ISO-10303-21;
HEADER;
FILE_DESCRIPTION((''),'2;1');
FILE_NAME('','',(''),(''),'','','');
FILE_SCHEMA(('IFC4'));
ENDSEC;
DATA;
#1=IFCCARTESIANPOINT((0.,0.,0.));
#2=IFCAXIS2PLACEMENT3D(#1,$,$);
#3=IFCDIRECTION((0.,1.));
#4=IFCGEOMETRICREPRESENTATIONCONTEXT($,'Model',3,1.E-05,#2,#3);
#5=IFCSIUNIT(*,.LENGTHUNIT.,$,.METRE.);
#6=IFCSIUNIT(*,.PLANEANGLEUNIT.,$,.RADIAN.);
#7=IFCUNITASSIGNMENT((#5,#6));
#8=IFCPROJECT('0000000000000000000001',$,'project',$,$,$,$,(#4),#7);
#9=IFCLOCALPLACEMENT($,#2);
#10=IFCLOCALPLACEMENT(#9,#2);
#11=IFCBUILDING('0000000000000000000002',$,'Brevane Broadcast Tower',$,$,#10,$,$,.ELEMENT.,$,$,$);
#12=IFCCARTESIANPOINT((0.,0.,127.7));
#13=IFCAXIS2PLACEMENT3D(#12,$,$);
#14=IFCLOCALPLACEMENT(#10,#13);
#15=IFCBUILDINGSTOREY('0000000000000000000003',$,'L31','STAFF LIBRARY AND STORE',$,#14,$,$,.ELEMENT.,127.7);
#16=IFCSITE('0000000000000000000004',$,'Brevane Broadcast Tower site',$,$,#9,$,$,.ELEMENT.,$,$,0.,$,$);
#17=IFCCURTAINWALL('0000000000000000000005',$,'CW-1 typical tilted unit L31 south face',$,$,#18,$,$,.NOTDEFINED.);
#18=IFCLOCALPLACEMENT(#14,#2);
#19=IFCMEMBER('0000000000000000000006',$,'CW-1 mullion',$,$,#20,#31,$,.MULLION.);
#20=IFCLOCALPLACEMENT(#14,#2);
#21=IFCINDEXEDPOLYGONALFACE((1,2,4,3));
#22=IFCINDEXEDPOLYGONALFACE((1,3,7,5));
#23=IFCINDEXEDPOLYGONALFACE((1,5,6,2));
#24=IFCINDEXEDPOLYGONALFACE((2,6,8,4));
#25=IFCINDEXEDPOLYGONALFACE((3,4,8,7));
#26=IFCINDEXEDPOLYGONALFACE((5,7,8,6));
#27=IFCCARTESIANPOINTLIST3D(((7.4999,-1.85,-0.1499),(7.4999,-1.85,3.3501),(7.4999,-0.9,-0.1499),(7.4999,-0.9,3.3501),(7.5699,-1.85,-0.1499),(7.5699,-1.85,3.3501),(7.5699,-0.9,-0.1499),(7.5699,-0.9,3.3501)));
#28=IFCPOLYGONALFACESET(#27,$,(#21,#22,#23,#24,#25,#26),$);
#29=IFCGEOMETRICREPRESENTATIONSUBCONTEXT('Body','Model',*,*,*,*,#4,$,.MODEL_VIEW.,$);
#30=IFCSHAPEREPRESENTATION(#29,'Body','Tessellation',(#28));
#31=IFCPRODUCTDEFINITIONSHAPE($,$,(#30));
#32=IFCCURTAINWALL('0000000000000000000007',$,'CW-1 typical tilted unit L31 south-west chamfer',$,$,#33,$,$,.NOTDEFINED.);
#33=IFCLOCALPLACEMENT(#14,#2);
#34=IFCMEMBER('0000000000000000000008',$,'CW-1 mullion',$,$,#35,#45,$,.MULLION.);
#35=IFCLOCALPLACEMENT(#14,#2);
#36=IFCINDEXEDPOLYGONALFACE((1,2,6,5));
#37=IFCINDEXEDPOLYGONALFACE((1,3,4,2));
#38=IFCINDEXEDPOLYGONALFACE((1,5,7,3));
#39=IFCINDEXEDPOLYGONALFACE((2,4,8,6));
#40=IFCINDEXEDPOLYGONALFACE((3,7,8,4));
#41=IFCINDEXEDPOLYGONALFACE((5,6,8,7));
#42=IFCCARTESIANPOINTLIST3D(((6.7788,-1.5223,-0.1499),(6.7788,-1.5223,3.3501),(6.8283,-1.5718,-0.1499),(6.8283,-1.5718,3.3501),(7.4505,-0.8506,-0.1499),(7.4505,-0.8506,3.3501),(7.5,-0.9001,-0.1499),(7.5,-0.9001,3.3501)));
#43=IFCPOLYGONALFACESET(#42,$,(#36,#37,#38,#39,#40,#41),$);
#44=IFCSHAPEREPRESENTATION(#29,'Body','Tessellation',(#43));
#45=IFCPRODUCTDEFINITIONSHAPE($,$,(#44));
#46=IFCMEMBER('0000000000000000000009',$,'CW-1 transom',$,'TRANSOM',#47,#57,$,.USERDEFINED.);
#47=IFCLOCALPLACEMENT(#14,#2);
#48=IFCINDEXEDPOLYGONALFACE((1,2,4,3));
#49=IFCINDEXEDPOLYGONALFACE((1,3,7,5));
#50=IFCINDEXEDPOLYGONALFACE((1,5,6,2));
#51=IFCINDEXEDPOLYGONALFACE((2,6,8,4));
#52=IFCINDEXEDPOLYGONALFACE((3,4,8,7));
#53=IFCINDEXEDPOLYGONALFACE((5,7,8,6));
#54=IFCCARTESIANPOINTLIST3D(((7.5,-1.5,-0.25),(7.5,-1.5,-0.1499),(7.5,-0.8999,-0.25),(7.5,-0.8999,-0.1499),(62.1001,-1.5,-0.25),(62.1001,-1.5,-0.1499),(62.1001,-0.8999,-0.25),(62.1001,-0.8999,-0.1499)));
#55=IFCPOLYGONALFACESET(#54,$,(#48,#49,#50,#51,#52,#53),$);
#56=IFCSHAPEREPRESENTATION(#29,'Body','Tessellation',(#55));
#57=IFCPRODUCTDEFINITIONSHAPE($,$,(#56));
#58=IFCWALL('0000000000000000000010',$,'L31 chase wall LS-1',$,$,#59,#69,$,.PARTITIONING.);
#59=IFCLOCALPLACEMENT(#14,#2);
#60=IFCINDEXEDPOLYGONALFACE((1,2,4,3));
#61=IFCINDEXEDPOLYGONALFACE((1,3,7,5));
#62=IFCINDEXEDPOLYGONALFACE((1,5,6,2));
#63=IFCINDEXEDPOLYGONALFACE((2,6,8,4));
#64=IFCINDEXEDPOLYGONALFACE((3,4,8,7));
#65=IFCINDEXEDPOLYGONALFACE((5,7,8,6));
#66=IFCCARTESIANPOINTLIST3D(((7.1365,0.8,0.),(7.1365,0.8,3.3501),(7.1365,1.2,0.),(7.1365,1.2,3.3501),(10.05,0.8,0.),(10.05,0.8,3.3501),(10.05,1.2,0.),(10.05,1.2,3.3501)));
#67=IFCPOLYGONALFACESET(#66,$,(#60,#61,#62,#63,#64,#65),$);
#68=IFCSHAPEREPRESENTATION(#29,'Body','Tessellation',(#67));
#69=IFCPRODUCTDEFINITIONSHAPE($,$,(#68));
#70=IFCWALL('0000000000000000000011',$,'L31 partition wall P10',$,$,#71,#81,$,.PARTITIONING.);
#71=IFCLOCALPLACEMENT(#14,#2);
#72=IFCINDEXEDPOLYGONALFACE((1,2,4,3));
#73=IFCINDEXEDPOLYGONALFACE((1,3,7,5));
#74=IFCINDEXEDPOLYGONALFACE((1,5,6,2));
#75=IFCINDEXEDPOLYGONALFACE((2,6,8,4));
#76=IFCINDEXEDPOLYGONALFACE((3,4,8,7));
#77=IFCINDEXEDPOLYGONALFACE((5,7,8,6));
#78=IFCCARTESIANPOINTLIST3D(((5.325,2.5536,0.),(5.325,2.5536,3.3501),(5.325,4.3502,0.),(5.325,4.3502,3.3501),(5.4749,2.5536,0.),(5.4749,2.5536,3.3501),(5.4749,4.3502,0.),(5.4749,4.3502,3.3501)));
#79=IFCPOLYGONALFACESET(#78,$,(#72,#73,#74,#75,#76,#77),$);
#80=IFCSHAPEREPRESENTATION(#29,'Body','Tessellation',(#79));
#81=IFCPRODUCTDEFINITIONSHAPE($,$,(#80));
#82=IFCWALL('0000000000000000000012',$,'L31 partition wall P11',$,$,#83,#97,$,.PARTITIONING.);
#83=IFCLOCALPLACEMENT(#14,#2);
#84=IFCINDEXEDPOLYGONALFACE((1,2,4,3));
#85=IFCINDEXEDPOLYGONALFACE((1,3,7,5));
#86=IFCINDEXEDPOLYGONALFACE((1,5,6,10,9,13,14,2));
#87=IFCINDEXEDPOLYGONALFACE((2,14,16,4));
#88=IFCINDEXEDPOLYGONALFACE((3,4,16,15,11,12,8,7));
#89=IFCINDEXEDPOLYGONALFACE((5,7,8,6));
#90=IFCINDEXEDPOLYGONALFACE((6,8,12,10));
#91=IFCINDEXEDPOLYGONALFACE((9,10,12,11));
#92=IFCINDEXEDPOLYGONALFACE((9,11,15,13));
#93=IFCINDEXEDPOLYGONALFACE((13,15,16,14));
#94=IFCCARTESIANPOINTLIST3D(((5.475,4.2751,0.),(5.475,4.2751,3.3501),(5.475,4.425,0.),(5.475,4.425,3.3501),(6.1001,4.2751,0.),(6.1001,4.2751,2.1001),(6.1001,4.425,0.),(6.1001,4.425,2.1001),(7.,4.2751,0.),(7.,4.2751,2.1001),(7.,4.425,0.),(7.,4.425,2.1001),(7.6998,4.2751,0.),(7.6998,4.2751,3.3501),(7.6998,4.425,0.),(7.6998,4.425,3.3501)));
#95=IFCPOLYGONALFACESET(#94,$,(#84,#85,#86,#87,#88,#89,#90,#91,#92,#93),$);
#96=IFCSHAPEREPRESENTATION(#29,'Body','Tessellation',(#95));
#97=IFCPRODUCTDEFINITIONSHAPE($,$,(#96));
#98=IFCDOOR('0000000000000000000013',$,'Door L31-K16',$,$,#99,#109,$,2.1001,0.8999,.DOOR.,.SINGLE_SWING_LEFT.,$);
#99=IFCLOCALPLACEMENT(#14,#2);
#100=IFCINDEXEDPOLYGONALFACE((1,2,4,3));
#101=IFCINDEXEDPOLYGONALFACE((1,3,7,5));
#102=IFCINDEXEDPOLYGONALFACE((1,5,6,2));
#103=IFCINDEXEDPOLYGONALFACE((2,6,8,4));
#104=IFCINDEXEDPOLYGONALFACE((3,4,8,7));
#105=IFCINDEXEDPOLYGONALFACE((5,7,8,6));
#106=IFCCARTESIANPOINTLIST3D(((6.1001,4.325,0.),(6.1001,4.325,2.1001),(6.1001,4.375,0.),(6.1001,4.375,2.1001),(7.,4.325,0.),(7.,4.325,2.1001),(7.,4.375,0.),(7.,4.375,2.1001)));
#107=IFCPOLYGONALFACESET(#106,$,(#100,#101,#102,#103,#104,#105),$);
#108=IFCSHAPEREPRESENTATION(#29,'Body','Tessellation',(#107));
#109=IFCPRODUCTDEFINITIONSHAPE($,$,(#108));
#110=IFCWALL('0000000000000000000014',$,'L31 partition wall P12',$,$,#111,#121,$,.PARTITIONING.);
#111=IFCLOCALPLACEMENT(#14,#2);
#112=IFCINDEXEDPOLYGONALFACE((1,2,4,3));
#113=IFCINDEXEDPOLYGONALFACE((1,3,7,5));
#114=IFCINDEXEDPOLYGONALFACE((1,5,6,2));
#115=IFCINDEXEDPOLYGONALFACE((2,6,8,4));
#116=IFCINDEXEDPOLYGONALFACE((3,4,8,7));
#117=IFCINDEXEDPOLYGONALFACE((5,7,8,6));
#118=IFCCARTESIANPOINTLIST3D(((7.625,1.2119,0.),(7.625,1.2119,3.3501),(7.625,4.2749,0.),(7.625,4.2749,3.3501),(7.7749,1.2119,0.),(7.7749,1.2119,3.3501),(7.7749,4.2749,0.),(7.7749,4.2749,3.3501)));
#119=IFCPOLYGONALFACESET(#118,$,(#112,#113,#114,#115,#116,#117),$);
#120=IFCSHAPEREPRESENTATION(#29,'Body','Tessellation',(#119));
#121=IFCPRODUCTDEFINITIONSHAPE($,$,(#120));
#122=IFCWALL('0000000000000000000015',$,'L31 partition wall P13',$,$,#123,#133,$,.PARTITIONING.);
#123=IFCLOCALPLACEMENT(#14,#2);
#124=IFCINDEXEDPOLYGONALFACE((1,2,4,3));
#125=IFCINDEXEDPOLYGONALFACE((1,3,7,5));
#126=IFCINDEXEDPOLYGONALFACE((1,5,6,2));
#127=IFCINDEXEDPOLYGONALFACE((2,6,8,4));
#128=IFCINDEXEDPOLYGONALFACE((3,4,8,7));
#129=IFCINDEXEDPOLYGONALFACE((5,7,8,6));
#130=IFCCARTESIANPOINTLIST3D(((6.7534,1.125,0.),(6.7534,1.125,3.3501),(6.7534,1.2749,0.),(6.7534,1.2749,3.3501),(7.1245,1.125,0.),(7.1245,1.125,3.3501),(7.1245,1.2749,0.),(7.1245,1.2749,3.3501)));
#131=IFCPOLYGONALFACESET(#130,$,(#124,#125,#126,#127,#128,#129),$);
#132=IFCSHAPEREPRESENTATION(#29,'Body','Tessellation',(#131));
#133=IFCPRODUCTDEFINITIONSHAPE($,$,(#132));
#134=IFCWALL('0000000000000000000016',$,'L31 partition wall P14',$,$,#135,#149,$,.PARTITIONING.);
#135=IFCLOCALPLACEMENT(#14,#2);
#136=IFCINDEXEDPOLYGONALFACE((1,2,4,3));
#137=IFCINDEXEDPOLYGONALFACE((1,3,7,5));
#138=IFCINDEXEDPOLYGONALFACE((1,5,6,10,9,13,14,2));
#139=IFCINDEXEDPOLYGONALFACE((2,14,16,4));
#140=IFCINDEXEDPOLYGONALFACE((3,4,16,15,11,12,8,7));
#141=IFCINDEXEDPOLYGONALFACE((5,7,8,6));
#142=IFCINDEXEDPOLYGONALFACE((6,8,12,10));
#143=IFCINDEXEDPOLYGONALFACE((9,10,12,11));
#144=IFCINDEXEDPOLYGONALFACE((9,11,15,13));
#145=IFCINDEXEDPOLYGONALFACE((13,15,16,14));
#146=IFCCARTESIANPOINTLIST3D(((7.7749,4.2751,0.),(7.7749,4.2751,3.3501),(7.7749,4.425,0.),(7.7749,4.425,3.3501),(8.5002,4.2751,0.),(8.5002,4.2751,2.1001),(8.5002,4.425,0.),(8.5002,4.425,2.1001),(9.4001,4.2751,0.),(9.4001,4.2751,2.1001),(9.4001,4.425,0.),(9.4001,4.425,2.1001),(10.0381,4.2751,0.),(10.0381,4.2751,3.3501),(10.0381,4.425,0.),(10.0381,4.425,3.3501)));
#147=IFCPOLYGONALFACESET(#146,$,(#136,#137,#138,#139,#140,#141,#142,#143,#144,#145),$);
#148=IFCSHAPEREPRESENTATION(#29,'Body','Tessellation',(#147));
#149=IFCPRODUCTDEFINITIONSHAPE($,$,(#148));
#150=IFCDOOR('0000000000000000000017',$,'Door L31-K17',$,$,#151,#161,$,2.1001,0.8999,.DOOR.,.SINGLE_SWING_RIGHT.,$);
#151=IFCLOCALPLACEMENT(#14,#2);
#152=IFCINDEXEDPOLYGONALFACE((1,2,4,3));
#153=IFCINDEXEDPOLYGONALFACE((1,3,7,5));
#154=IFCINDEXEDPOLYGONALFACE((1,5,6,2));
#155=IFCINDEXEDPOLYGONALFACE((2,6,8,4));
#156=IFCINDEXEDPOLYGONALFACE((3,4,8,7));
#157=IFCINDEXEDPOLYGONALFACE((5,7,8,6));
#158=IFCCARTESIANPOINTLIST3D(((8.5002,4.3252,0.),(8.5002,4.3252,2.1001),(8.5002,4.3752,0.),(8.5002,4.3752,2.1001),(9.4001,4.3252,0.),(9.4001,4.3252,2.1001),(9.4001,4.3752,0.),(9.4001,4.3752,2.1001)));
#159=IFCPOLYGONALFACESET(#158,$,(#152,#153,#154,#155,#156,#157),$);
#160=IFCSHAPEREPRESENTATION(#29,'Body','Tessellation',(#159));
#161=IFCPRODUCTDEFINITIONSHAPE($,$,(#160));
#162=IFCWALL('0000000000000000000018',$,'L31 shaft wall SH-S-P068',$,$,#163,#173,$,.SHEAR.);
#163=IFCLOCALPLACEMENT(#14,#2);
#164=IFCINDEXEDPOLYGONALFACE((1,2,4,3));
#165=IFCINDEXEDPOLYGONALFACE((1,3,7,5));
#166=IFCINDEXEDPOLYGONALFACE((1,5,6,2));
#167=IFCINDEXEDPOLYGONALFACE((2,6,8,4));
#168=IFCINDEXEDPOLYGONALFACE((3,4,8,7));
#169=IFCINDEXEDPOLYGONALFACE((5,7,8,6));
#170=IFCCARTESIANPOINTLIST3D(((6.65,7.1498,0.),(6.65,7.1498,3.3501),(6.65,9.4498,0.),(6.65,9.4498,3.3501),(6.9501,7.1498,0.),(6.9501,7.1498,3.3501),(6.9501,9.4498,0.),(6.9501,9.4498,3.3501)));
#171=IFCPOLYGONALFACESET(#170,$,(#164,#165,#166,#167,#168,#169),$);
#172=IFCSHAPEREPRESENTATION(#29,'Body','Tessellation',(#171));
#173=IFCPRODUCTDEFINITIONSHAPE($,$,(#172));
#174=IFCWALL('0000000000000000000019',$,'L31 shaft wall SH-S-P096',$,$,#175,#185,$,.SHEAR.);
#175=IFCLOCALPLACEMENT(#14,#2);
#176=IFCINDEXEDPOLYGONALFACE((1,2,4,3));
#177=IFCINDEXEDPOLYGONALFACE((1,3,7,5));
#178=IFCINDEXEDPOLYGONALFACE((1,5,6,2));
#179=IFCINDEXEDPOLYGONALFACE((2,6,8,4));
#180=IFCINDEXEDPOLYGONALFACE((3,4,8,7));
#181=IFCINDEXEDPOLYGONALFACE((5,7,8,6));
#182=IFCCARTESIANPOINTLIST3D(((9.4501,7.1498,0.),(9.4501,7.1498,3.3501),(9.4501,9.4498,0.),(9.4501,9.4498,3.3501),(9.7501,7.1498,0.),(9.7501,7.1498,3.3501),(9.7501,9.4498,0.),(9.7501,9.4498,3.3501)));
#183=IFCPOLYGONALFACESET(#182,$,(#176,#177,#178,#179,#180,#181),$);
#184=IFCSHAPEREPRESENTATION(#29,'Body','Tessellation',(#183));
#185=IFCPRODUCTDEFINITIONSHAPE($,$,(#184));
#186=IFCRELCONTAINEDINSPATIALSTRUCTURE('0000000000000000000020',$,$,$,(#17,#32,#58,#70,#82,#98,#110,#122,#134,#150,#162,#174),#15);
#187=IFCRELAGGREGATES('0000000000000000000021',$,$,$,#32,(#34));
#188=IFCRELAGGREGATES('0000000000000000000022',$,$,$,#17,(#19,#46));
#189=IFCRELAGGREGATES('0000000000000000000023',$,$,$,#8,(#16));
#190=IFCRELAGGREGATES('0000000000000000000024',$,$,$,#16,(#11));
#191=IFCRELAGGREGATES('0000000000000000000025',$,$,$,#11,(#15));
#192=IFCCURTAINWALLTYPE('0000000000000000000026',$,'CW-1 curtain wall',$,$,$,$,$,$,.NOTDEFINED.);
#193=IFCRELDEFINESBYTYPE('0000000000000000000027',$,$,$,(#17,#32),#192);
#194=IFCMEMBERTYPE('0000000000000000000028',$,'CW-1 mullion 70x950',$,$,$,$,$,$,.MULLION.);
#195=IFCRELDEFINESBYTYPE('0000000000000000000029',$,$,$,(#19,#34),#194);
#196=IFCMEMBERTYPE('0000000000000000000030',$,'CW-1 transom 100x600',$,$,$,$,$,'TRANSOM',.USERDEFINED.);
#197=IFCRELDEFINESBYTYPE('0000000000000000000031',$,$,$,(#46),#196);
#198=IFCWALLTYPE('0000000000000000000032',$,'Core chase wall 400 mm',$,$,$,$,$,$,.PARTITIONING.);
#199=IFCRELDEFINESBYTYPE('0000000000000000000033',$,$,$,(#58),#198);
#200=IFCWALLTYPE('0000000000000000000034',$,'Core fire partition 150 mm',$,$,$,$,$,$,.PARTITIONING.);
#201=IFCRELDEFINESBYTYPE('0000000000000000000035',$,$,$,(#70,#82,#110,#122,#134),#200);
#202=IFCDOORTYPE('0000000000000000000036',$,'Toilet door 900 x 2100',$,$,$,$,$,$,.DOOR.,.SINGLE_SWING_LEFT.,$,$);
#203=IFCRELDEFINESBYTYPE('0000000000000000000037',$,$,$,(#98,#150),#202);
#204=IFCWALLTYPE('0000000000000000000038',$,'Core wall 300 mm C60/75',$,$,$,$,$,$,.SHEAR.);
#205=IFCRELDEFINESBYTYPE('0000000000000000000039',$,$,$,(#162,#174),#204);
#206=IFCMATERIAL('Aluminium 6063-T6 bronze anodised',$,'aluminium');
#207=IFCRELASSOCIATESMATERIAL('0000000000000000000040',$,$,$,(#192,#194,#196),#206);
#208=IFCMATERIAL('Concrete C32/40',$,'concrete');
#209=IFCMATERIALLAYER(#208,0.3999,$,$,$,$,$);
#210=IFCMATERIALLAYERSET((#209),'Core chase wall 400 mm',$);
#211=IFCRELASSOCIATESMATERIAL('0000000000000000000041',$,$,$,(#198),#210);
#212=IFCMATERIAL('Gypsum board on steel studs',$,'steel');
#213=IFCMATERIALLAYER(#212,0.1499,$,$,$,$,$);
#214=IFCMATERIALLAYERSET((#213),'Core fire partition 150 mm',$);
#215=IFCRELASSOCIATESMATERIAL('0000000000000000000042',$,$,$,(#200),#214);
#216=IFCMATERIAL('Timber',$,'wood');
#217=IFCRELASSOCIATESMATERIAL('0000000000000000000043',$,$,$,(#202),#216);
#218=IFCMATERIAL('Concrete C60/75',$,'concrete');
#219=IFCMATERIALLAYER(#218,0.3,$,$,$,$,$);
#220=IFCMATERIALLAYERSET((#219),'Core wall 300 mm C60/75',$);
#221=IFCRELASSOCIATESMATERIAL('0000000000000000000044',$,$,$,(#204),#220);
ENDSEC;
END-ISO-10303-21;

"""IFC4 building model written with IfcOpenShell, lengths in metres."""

from ifc_helpers import new_model, si_unit, direction, frame, frame_2d, origin, origin_2d, place, context, subcontext, project, spatial, rectangle, extrude, material, layer, layer_set, material_profile, profile_set, type_object, element, fill, aggregate, save


model = new_model("IFC4")

# Units and contexts
model_context = context("Model", 3, precision=1e-05, world=origin(), true_north=direction((0.0, 1.0)))
body_context = subcontext(model_context, "Body", "Model", "MODEL_VIEW")
ifc_project = project(units=[si_unit("LENGTHUNIT", "METRE"), si_unit("PLANEANGLEUNIT", "RADIAN")], contexts=[model_context])

# Site, building, storey
site_placement = place(None, origin())
site = spatial("IfcSite", under=ifc_project, at=site_placement, Name="Brevane Broadcast Tower site", CompositionType="ELEMENT", RefElevation=0.0)
building_placement = place(site_placement, origin())
building = spatial("IfcBuilding", under=site, at=building_placement, Name="Brevane Broadcast Tower", CompositionType="ELEMENT")
storey_placement = place(building_placement, frame((0.0, 0.0, 127.7)))
storey = spatial("IfcBuildingStorey", under=building, at=storey_placement, Name="L31", Description="STAFF LIBRARY AND STORE", CompositionType="ELEMENT", Elevation=127.7)

# Curtain walls, members
ifc_material_1 = material(Name="Aluminium 6063-T6 bronze anodised", Category="aluminium")
curtain_wall_type = type_object("IfcCurtainWallType", Name="CW-1 curtain wall", PredefinedType="NOTDEFINED", material=ifc_material_1)
curtain_wall_1_placement = place(storey_placement, origin())
curtain_wall_1 = element("IfcCurtainWall", 1, at=curtain_wall_1_placement, inside=storey, type_object=curtain_wall_type, Name="CW-1 typical tilted unit L31 south face", PredefinedType="NOTDEFINED")
ifc_material_profile_1 = material_profile(ifc_material_1, rectangle(XDim=0.95, YDim=0.0701, at=origin_2d()), Name="RECT 70x950")
ifc_profile_set_1 = profile_set([ifc_material_profile_1], Name="Aluminium 6063-T6 bronze anodised")
member_type_1 = type_object("IfcMemberType", Name="CW-1 mullion 70x950", PredefinedType="MULLION", material=ifc_profile_set_1)
member_1_placement = place(storey_placement, frame((7.5349, -1.375, -0.1499), z_axis=(0.0, 0.0, 1.0), x_axis=(0.0, 1.0, 0.0)))
member_1 = element("IfcMember", 2, at=member_1_placement, type_object=member_type_1, Name="CW-1 mullion", PredefinedType="MULLION", context=body_context, shape_type="SweptSolid", body=[
    extrude(rectangle(XDim=0.95, YDim=0.0701, at=origin_2d()), origin(), (0.0, 0.0, 1.0), 3.5),
])
curtain_wall_2_placement = place(storey_placement, origin())
curtain_wall_2 = element("IfcCurtainWall", 3, at=curtain_wall_2_placement, inside=storey, type_object=curtain_wall_type, Name="CW-1 typical tilted unit L31 south-west chamfer", PredefinedType="NOTDEFINED")
member_2_placement = place(storey_placement, frame((7.1394, -1.2112, -0.1499), z_axis=(0.0, 0.0, 1.0), x_axis=(0.707107, 0.707107, 0.0)))
member_2 = element("IfcMember", 4, at=member_2_placement, type_object=member_type_1, Name="CW-1 mullion", PredefinedType="MULLION", context=body_context, shape_type="SweptSolid", body=[
    extrude(rectangle(XDim=0.95, YDim=0.0701, at=origin_2d()), origin(), (0.0, 0.0, 1.0), 3.5),
])
aggregate(curtain_wall_2, [member_2])

# Member
ifc_material_profile_2 = material_profile(ifc_material_1, rectangle(XDim=0.6001, YDim=0.1001, at=origin_2d()), Name="RECT 100x600")
ifc_profile_set_2 = profile_set([ifc_material_profile_2], Name="Aluminium 6063-T6 bronze anodised")
member_type_2 = type_object("IfcMemberType", Name="CW-1 transom 100x600", ElementType="TRANSOM", PredefinedType="USERDEFINED", material=ifc_profile_set_2)
member_3_placement = place(storey_placement, frame((7.5, -1.2, -0.2), z_axis=(1.0, 0.0, 0.0), x_axis=(0.0, 1.0, 0.0)))
member_3 = element("IfcMember", 5, at=member_3_placement, type_object=member_type_2, Name="CW-1 transom", ObjectType="TRANSOM", PredefinedType="USERDEFINED", context=body_context, shape_type="SweptSolid", body=[
    extrude(rectangle(XDim=0.6001, YDim=0.1001, at=origin_2d()), origin(), (0.0, 0.0, 1.0), 54.6001),
])
aggregate(curtain_wall_1, [member_1, member_3])

# Walls
ifc_material_2 = material(Name="Concrete C32/40", Category="concrete")
ifc_layer_1 = layer(ifc_material_2, 0.3999)
ifc_layer_set_1 = layer_set([ifc_layer_1], Name="Core chase wall 400 mm")
wall_type_1 = type_object("IfcWallType", Name="Core chase wall 400 mm", PredefinedType="PARTITIONING", material=ifc_layer_set_1)
wall_1_placement = place(storey_placement, frame((7.1365, 1.0, 0.0), z_axis=(0.0, 0.0, 1.0), x_axis=(1.0, 0.0, 0.0)))
element("IfcWall", 6, at=wall_1_placement, inside=storey, type_object=wall_type_1, Name="L31 chase wall LS-1", PredefinedType="PARTITIONING", context=body_context, shape_type="SweptSolid", body=[
    extrude(rectangle(XDim=2.9136, YDim=0.3999, at=frame_2d((1.4568, 0.0))), origin(), (0.0, 0.0, 1.0), 3.3501),
])
ifc_material_3 = material(Name="Gypsum board on steel studs", Category="steel")
ifc_layer_2 = layer(ifc_material_3, 0.1499)
ifc_layer_set_2 = layer_set([ifc_layer_2], Name="Core fire partition 150 mm")
wall_type_2 = type_object("IfcWallType", Name="Core fire partition 150 mm", PredefinedType="PARTITIONING", material=ifc_layer_set_2)
wall_2_placement = place(storey_placement, frame((5.3999, 2.5535, 0.0), z_axis=(0.0, 0.0, 1.0), x_axis=(0.0, 1.0, 0.0)))
element("IfcWall", 7, at=wall_2_placement, inside=storey, type_object=wall_type_2, Name="L31 partition wall P10", PredefinedType="PARTITIONING", context=body_context, shape_type="SweptSolid", body=[
    extrude(rectangle(XDim=1.7966, YDim=0.1499, at=frame_2d((0.8984, 0.0))), origin(), (0.0, 0.0, 1.0), 3.3501),
])

# Wall, opening, door
wall_3_placement = place(storey_placement, frame((5.4751, 4.3501, 0.0), z_axis=(0.0, 0.0, 1.0), x_axis=(1.0, 0.0, 0.0)))
wall_3 = element("IfcWall", 8, at=wall_3_placement, inside=storey, type_object=wall_type_2, Name="L31 partition wall P11", PredefinedType="PARTITIONING", context=body_context, shape_type="SweptSolid", body=[
    extrude(rectangle(XDim=2.2249, YDim=0.1499, at=frame_2d((1.1123, 0.0))), origin(), (0.0, 0.0, 1.0), 3.3501),
])
opening_1_placement = place(wall_3_placement, frame((0.625, 0.0, 0.0)))
opening_1 = element("IfcOpeningElement", 9, at=opening_1_placement, cuts=wall_3, PredefinedType="OPENING", context=body_context, shape_type="SweptSolid", body=[
    extrude(rectangle(XDim=0.8999, YDim=2.1001, at=frame_2d((0.45, 1.05))), frame((0.0, 0.085, 0.0), z_axis=(0.0, -1.0, 0.0), x_axis=(1.0, 0.0, 0.0)), (0.0, 0.0, 1.0), 0.1699),
])
ifc_material_4 = material(Name="Timber", Category="wood")
door_type = type_object("IfcDoorType", Name="Toilet door 900 x 2100", OperationType="SINGLE_SWING_LEFT", PredefinedType="DOOR", material=ifc_material_4)
door_1_placement = place(opening_1_placement, origin())
door_1 = element("IfcDoor", 10, at=door_1_placement, inside=storey, type_object=door_type, Name="Door L31-K16", OperationType="SINGLE_SWING_LEFT", OverallHeight=2.1001, OverallWidth=0.8999, PredefinedType="DOOR", context=body_context, shape_type="SweptSolid", body=[
    extrude(rectangle(XDim=0.8999, YDim=2.1001, at=frame_2d((0.45, 1.05))), frame((0.0, 0.0249, 0.0), z_axis=(0.0, -1.0, 0.0), x_axis=(1.0, 0.0, 0.0)), (0.0, 0.0, 1.0), 0.05),
])
fill(opening_1, door_1)

# Walls
wall_4_placement = place(storey_placement, frame((7.7, 4.2749, 0.0), z_axis=(0.0, 0.0, 1.0), x_axis=(0.0, -1.0, 0.0)))
element("IfcWall", 11, at=wall_4_placement, inside=storey, type_object=wall_type_2, Name="L31 partition wall P12", PredefinedType="PARTITIONING", context=body_context, shape_type="SweptSolid", body=[
    extrude(rectangle(XDim=3.063, YDim=0.1499, at=frame_2d((1.5315, 0.0))), origin(), (0.0, 0.0, 1.0), 3.3501),
])
wall_5_placement = place(storey_placement, frame((7.1245, 1.2, 0.0), z_axis=(0.0, 0.0, 1.0), x_axis=(-1.0, 0.0, 0.0)))
element("IfcWall", 12, at=wall_5_placement, inside=storey, type_object=wall_type_2, Name="L31 partition wall P13", PredefinedType="PARTITIONING", context=body_context, shape_type="SweptSolid", body=[
    extrude(rectangle(XDim=0.3711, YDim=0.1499, at=frame_2d((0.1855, 0.0))), origin(), (0.0, 0.0, 1.0), 3.3501),
])

# Wall, opening, door
wall_6_placement = place(storey_placement, frame((10.0381, 4.3501, 0.0), z_axis=(0.0, 0.0, 1.0), x_axis=(-1.0, 0.0, 0.0)))
wall_6 = element("IfcWall", 13, at=wall_6_placement, inside=storey, type_object=wall_type_2, Name="L31 partition wall P14", PredefinedType="PARTITIONING", context=body_context, shape_type="SweptSolid", body=[
    extrude(rectangle(XDim=2.2632, YDim=0.1499, at=frame_2d((1.1316, 0.0))), origin(), (0.0, 0.0, 1.0), 3.3501),
])
opening_2_placement = place(wall_6_placement, frame((0.6379, 0.0, 0.0)))
opening_2 = element("IfcOpeningElement", 14, at=opening_2_placement, cuts=wall_6, PredefinedType="OPENING", context=body_context, shape_type="SweptSolid", body=[
    extrude(rectangle(XDim=0.8999, YDim=2.1001, at=frame_2d((0.45, 1.05))), frame((0.0, 0.085, 0.0), z_axis=(0.0, -1.0, 0.0), x_axis=(1.0, 0.0, 0.0)), (0.0, 0.0, 1.0), 0.1699),
])
door_2_placement = place(opening_2_placement, origin())
door_2 = element("IfcDoor", 15, at=door_2_placement, inside=storey, type_object=door_type, Name="Door L31-K17", OperationType="SINGLE_SWING_RIGHT", OverallHeight=2.1001, OverallWidth=0.8999, PredefinedType="DOOR", context=body_context, shape_type="SweptSolid", body=[
    extrude(rectangle(XDim=0.8999, YDim=2.1001, at=frame_2d((0.45, 1.05))), frame((0.0, 0.0249, 0.0), z_axis=(0.0, -1.0, 0.0), x_axis=(1.0, 0.0, 0.0)), (0.0, 0.0, 1.0), 0.05),
])
fill(opening_2, door_2)

# Walls
ifc_material_5 = material(Name="Concrete C60/75", Category="concrete")
ifc_layer_3 = layer(ifc_material_5, 0.3)
ifc_layer_set_3 = layer_set([ifc_layer_3], Name="Core wall 300 mm C60/75")
wall_type_3 = type_object("IfcWallType", Name="Core wall 300 mm C60/75", PredefinedType="SHEAR", material=ifc_layer_set_3)
for number, where, z_axis, x_axis, name in (
    (16, (6.8, 7.1499, 0.0), (0.0, 0.0, 1.0), (0.0, 1.0, 0.0), "L31 shaft wall SH-S-P068"),
    (17, (9.6001, 7.1499, 0.0), (0.0, 0.0, 1.0), (0.0, 1.0, 0.0), "L31 shaft wall SH-S-P096"),
):
    element("IfcWall", number, at=place(storey_placement, frame(where, z_axis=z_axis, x_axis=x_axis)), inside=storey, type_object=wall_type_3, Name=name, PredefinedType="SHEAR", context=body_context, shape_type="SweptSolid", body=[
        extrude(rectangle(XDim=2.3, YDim=0.3, at=frame_2d((1.1499, 0.0))), origin(), (0.0, 0.0, 1.0), 3.3501),
    ])

save(model, "model.ifc")
